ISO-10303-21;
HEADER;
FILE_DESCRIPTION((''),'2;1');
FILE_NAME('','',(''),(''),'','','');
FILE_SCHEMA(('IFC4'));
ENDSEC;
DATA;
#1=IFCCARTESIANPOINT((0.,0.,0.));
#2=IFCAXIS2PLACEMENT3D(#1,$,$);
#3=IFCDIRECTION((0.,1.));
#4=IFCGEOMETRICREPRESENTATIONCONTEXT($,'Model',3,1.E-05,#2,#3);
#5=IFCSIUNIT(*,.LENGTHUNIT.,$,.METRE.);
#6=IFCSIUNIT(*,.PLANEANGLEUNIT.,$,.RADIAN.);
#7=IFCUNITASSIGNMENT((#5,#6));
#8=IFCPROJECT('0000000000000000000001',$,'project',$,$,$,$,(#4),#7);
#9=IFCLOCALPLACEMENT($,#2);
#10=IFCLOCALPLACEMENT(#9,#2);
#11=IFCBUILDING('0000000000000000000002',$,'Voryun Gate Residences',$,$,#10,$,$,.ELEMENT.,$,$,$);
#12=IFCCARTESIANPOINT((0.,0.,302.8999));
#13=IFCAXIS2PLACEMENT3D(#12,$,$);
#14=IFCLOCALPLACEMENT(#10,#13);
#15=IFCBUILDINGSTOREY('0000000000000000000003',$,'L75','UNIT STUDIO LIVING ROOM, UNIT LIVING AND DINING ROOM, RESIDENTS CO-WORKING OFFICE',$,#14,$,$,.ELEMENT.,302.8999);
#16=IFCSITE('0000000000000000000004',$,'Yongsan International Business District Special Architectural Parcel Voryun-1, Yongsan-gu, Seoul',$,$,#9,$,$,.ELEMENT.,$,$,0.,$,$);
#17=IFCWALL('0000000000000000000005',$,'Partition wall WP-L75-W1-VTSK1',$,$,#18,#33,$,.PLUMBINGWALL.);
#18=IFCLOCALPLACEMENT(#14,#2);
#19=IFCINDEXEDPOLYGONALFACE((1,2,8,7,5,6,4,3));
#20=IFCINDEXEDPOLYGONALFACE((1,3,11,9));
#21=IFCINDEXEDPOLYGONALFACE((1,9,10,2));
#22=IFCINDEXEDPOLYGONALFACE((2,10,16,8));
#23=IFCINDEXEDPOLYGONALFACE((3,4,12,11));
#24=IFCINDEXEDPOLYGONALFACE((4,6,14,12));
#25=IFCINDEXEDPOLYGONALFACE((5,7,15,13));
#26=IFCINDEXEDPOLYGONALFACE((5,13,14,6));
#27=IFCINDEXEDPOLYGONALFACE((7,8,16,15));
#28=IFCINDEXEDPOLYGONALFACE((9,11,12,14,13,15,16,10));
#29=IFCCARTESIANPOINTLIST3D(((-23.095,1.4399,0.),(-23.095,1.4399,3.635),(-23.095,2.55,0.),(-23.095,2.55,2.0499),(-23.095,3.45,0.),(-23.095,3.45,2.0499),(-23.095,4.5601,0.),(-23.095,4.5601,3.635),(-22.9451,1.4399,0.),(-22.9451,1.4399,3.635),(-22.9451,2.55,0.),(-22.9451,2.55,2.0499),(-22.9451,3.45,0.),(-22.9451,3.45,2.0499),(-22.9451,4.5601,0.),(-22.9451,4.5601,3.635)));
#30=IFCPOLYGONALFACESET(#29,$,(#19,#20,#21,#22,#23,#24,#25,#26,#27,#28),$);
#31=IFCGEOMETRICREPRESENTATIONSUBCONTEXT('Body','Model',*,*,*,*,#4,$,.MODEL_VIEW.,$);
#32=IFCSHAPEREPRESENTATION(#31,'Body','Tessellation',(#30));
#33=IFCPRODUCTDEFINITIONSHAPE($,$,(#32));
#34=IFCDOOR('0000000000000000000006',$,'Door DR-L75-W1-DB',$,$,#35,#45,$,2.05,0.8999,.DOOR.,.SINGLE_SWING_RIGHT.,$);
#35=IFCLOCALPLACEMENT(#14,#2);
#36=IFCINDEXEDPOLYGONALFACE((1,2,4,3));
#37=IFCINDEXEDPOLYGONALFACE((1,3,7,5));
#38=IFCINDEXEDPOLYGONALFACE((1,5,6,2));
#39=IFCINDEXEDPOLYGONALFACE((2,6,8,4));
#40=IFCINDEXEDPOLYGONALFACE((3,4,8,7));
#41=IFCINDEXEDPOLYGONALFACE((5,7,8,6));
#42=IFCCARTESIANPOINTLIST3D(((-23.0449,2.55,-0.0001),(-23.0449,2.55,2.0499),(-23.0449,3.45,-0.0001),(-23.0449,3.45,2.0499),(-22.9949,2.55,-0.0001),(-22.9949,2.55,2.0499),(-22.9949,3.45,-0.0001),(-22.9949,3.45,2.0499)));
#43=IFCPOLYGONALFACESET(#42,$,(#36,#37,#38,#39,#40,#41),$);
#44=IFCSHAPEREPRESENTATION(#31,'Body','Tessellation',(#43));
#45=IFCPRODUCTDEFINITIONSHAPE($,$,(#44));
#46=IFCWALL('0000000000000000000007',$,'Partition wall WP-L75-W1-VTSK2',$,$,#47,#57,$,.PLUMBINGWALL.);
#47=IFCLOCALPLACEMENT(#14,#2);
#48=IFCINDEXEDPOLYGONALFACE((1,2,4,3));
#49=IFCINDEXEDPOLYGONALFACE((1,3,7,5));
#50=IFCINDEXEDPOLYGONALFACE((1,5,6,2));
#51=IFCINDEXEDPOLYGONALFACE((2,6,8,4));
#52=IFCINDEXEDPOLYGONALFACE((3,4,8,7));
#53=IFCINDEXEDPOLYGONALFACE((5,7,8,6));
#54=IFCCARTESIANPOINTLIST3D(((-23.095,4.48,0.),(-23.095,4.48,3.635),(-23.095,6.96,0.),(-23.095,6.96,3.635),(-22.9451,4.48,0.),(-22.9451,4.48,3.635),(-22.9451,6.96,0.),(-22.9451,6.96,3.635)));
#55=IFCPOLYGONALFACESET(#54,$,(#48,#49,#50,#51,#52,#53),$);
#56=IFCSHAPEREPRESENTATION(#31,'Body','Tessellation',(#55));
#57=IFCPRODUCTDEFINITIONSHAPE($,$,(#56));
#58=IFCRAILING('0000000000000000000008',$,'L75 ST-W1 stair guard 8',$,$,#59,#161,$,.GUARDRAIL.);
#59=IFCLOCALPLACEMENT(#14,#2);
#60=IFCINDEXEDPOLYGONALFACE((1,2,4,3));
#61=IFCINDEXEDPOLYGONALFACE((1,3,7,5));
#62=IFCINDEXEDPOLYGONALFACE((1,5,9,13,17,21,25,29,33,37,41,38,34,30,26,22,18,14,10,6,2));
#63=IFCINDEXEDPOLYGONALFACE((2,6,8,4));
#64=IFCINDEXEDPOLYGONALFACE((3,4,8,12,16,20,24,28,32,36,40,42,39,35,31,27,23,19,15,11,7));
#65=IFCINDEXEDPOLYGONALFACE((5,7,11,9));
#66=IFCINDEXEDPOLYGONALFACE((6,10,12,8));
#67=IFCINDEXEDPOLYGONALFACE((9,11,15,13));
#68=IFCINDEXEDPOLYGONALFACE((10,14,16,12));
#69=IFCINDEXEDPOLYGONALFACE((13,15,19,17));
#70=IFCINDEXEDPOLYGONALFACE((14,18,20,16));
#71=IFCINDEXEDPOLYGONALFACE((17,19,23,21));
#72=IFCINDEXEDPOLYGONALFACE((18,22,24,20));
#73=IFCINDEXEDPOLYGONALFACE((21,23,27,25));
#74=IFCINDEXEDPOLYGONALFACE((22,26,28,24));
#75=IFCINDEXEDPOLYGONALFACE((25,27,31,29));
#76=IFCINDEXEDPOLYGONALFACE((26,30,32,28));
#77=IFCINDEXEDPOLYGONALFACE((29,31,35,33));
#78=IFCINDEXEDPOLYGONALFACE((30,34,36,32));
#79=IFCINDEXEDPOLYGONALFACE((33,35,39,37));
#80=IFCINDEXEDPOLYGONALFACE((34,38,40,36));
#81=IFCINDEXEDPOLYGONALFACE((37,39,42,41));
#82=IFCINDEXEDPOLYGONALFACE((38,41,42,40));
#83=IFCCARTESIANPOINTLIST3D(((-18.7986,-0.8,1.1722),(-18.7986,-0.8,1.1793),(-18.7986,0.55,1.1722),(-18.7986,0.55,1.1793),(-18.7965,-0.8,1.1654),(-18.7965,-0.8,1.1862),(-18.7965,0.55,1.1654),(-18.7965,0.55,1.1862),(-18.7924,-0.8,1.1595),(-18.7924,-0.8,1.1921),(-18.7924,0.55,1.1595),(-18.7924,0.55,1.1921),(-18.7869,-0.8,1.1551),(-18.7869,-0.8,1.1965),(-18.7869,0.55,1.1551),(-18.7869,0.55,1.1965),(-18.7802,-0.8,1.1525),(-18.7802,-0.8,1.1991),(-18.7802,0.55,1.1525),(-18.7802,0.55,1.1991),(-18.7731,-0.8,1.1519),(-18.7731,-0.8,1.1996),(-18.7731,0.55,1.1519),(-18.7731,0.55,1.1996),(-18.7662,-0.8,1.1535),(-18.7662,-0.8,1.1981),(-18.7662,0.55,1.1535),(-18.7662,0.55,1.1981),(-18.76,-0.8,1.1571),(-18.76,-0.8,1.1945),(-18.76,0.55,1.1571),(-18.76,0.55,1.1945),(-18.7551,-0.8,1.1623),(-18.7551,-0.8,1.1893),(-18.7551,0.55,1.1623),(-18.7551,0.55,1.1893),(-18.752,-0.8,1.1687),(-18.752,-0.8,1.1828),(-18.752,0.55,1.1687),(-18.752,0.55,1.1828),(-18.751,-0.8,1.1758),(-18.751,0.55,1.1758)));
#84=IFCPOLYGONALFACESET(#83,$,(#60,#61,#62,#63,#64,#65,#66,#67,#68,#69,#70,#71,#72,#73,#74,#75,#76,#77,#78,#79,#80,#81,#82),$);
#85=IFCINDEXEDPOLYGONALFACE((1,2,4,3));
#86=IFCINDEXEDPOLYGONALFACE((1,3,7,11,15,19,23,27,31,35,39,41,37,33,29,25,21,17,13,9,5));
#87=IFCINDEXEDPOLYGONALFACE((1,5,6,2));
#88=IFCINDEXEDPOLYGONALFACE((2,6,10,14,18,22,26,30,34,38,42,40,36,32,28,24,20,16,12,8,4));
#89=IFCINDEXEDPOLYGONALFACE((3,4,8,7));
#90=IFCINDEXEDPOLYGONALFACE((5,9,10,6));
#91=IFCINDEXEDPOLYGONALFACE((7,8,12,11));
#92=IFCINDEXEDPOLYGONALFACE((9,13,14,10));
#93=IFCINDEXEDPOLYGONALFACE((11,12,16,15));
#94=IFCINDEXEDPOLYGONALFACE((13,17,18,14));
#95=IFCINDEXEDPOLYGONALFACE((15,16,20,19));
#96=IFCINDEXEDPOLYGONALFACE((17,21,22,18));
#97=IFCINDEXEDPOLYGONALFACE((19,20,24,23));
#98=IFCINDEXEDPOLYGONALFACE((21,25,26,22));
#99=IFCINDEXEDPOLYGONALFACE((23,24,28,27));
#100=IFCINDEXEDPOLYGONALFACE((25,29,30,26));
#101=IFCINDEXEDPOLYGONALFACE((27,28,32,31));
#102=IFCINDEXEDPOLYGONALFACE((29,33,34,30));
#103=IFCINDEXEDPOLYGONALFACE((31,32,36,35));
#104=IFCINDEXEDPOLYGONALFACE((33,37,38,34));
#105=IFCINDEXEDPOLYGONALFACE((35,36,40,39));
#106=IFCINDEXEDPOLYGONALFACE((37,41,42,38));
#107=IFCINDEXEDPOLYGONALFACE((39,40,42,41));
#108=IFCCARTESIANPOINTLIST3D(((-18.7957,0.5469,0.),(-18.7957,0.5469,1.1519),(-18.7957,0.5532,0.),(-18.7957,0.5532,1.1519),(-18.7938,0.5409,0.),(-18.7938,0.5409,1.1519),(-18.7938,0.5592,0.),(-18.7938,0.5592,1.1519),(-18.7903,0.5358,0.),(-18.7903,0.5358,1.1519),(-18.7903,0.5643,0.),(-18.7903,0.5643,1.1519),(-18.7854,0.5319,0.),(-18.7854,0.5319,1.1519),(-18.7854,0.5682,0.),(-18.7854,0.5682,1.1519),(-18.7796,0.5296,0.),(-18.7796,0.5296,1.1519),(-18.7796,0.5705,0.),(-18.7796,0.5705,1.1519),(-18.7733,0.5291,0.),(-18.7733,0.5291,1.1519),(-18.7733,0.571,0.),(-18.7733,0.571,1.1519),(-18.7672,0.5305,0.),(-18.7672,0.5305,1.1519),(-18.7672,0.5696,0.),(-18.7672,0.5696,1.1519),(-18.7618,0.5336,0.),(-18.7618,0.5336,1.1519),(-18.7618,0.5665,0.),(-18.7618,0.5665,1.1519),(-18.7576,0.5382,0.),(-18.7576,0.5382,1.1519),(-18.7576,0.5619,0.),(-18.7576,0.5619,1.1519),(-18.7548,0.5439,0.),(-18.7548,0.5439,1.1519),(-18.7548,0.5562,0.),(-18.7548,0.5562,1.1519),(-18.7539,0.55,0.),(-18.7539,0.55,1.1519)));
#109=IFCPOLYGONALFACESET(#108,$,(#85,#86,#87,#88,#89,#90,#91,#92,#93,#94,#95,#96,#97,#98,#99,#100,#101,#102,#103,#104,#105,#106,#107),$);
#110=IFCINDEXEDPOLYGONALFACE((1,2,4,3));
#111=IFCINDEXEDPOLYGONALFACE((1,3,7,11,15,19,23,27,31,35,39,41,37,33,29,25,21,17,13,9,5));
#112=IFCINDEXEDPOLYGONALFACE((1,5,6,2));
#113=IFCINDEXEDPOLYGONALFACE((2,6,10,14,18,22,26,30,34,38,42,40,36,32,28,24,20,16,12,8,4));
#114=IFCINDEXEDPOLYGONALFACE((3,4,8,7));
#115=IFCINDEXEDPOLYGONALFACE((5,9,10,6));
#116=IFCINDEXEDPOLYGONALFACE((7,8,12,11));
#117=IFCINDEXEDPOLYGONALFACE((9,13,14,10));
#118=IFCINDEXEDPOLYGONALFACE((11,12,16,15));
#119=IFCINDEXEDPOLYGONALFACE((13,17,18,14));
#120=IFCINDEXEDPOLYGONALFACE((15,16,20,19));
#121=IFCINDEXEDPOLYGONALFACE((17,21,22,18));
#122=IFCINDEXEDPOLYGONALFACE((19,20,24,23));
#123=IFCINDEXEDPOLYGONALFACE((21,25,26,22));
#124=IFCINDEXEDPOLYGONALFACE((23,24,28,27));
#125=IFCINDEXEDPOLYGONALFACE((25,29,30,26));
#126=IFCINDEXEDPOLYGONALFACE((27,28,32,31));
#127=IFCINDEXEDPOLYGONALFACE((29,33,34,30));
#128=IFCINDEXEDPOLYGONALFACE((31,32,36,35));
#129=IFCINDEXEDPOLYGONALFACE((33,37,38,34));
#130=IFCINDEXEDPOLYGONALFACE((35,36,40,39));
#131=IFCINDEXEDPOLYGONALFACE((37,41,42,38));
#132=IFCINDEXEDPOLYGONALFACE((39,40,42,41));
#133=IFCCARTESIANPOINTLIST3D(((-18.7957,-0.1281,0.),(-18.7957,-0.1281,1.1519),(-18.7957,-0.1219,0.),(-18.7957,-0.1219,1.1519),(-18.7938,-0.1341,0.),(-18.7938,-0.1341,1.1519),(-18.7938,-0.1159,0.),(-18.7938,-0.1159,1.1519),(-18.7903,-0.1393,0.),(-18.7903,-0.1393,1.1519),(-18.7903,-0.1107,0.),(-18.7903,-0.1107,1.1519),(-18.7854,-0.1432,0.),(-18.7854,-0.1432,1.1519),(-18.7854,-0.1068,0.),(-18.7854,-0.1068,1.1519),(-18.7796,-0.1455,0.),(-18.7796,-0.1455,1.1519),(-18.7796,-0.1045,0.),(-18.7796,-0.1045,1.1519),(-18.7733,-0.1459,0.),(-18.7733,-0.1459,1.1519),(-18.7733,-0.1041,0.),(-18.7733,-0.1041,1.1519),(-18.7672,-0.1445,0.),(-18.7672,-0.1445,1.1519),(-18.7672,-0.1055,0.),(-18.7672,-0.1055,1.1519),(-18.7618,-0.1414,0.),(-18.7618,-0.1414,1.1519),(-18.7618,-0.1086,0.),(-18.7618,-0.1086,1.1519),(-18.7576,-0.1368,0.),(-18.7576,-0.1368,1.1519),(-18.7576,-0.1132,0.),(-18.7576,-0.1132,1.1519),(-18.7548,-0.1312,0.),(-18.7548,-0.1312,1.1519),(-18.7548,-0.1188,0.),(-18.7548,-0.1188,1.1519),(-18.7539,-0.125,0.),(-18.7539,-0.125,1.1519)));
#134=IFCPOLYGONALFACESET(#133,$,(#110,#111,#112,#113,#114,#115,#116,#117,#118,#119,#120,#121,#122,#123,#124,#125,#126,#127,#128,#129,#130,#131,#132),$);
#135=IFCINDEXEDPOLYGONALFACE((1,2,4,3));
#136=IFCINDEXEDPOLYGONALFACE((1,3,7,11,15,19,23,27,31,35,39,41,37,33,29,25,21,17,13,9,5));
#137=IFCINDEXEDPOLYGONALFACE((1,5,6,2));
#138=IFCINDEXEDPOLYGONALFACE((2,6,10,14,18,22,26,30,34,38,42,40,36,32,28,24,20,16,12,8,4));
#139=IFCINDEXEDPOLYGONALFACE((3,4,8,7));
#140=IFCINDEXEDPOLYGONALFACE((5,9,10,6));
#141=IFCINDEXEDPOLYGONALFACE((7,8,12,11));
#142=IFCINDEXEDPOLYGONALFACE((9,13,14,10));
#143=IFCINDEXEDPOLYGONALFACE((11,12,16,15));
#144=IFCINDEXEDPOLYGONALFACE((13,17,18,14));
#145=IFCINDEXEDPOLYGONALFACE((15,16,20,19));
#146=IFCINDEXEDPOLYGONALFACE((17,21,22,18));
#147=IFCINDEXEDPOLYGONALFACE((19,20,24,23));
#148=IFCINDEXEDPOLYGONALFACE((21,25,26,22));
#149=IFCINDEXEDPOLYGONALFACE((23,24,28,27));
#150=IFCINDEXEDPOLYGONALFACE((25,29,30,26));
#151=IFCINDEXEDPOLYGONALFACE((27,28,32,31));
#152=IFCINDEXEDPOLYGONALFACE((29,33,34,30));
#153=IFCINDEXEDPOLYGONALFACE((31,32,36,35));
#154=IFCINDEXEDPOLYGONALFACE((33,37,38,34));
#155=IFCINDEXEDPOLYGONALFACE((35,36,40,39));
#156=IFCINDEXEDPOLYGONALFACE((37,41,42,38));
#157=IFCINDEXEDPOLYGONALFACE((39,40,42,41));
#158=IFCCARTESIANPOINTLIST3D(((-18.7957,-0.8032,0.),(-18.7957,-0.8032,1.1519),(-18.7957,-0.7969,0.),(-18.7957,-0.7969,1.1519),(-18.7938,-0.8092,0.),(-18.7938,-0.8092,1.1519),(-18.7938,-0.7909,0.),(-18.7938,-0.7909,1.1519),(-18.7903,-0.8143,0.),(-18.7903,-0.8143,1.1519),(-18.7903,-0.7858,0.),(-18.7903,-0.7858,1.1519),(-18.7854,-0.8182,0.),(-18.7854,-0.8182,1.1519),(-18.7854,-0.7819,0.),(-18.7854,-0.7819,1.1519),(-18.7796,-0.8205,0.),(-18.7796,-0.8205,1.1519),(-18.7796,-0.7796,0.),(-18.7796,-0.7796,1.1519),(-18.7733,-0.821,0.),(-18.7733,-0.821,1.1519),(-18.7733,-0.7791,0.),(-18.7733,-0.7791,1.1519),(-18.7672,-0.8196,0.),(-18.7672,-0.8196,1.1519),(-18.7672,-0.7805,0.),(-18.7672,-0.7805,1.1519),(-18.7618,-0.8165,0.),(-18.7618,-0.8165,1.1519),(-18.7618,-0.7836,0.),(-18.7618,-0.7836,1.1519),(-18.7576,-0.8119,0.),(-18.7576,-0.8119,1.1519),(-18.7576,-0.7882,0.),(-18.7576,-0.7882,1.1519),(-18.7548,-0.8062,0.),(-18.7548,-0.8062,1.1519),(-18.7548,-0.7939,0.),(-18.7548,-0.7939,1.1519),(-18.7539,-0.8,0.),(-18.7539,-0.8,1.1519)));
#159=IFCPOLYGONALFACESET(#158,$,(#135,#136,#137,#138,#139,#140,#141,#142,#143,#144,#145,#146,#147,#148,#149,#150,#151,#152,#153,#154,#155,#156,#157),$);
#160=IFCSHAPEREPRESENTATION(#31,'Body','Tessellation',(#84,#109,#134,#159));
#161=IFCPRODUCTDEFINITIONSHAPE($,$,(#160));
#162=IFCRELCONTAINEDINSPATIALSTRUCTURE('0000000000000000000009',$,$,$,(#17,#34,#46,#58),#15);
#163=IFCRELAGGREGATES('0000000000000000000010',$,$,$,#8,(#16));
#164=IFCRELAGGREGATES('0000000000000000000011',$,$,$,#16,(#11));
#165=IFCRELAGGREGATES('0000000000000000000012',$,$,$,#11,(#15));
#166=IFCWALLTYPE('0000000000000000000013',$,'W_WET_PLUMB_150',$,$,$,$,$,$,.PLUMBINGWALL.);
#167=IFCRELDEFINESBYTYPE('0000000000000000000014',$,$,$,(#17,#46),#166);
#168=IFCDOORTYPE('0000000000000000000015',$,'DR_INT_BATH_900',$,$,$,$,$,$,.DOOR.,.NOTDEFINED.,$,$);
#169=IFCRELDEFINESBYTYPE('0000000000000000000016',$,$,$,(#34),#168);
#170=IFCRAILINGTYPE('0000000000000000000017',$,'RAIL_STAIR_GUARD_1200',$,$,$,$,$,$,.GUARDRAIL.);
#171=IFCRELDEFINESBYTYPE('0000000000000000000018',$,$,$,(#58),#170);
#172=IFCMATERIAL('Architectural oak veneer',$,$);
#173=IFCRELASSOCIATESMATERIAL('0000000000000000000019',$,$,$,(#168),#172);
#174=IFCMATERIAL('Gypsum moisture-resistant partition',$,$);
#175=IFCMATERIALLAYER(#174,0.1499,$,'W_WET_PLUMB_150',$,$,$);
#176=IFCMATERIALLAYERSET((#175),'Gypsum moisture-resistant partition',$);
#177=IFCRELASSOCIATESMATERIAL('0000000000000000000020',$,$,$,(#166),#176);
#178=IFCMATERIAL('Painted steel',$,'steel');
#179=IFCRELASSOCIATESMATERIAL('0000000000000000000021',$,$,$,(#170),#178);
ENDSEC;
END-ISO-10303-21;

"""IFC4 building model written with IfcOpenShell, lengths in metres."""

from ifc_helpers import new_model, si_unit, direction, frame, frame_2d, origin, origin_2d, place, context, subcontext, project, spatial, rectangle, circle, extrude, material, layer, layer_set, type_object, element, fill, save


model = new_model("IFC4")

# Units and contexts
model_context = context("Model", 3, precision=1e-05, world=origin(), true_north=direction((0.0, 1.0)))
body_context = subcontext(model_context, "Body", "Model", "MODEL_VIEW")
ifc_project = project(units=[si_unit("LENGTHUNIT", "METRE"), si_unit("PLANEANGLEUNIT", "RADIAN")], contexts=[model_context])

# Site, building, storey
site_placement = place(None, origin())
site = spatial("IfcSite", under=ifc_project, at=site_placement, Name="Yongsan International Business District Special Architectural Parcel Voryun-1, Yongsan-gu, Seoul", CompositionType="ELEMENT", RefElevation=0.0)
building_placement = place(site_placement, origin())
building = spatial("IfcBuilding", under=site, at=building_placement, Name="Voryun Gate Residences", CompositionType="ELEMENT")
storey_placement = place(building_placement, frame((0.0, 0.0, 302.8999)))
storey = spatial("IfcBuildingStorey", under=building, at=storey_placement, Name="L75", Description="UNIT STUDIO LIVING ROOM, UNIT LIVING AND DINING ROOM, RESIDENTS CO-WORKING OFFICE", CompositionType="ELEMENT", Elevation=302.8999)

# Shared definitions
ifc_material_1 = material(Name="Architectural oak veneer")
door_type_1 = type_object("IfcDoorType", Name="DR_INT_BATH_900", OperationType="NOTDEFINED", PredefinedType="DOOR", material=ifc_material_1)
ifc_material_2 = material(Name="Gypsum moisture-resistant partition")
ifc_layer_1 = layer(ifc_material_2, 0.1499, Name="W_WET_PLUMB_150")
ifc_layer_set_1 = layer_set([ifc_layer_1], Name="Gypsum moisture-resistant partition")
wall_type_1 = type_object("IfcWallType", Name="W_WET_PLUMB_150", PredefinedType="PLUMBINGWALL", material=ifc_layer_set_1)

# Wall, opening, door
wall_1_placement = place(storey_placement, frame((-23.02, 1.4399, 0.0), z_axis=(0.0, 0.0, 1.0), x_axis=(0.0, 1.0, 0.0)))
wall_1 = element("IfcWall", 1, at=wall_1_placement, inside=storey, type_object=wall_type_1, Name="Partition wall WP-L75-W1-VTSK1", PredefinedType="PLUMBINGWALL", context=body_context, shape_type="SweptSolid", body=[
    extrude(rectangle(XDim=3.1201, YDim=0.1499, at=frame_2d((1.5601, 0.0))), origin(), (0.0, 0.0, 1.0), 3.635),
])
opening_1_placement = place(wall_1_placement, frame((1.1101, 0.0, 0.0)))
opening_1 = element("IfcOpeningElement", 2, at=opening_1_placement, cuts=wall_1, PredefinedType="OPENING", context=body_context, shape_type="SweptSolid", body=[
    extrude(rectangle(XDim=0.8999, YDim=2.05, at=frame_2d((0.45, 1.0249))), frame((0.0, 0.085, 0.0), z_axis=(0.0, -1.0, 0.0), x_axis=(1.0, 0.0, 0.0)), (0.0, 0.0, 1.0), 0.1699),
])
door_1_placement = place(opening_1_placement, origin())
door_1 = element("IfcDoor", 3, at=door_1_placement, inside=storey, type_object=door_type_1, Name="Door DR-L75-W1-DB", OperationType="SINGLE_SWING_RIGHT", OverallHeight=2.05, OverallWidth=0.8999, PredefinedType="DOOR", context=body_context, shape_type="SweptSolid", body=[
    extrude(rectangle(XDim=0.8999, YDim=2.05, at=frame_2d((0.45, 1.0249))), frame((0.0, 0.0249, 0.0), z_axis=(0.0, -1.0, 0.0), x_axis=(1.0, 0.0, 0.0)), (0.0, 0.0, 1.0), 0.05),
])
fill(opening_1, door_1)

# Wall
wall_2_placement = place(storey_placement, frame((-23.02, 4.48, 0.0), z_axis=(0.0, 0.0, 1.0), x_axis=(0.0, 1.0, 0.0)))
element("IfcWall", 4, at=wall_2_placement, inside=storey, type_object=wall_type_1, Name="Partition wall WP-L75-W1-VTSK2", PredefinedType="PLUMBINGWALL", context=body_context, shape_type="SweptSolid", body=[
    extrude(rectangle(XDim=2.48, YDim=0.1499, at=frame_2d((1.24, 0.0))), origin(), (0.0, 0.0, 1.0), 3.635),
])

# Railing
ifc_material_3 = material(Name="Painted steel", Category="steel")
railing_type = type_object("IfcRailingType", Name="RAIL_STAIR_GUARD_1200", PredefinedType="GUARDRAIL", material=ifc_material_3)
railing_1_placement = place(storey_placement, frame((-18.7749, 0.55, 0.0)))
element("IfcRailing", 5, at=railing_1_placement, inside=storey, type_object=railing_type, Name="L75 ST-W1 stair guard 8", PredefinedType="GUARDRAIL", context=body_context, shape_type="SweptSolid", body=[
    extrude(circle(Radius=0.0239, at=origin_2d()), frame((0.0, 0.0, 1.1758), z_axis=(0.0, -1.0, 0.0), x_axis=(1.0, 0.0, 0.0)), (0.0, 0.0, 1.0), 1.3501),
    extrude(circle(Radius=0.021, at=origin_2d()), origin(), (0.0, 0.0, 1.0), 1.1519),
    extrude(circle(Radius=0.021, at=origin_2d()), frame((0.0, -0.675, 0.0)), (0.0, 0.0, 1.0), 1.1519),
    extrude(circle(Radius=0.021, at=origin_2d()), frame((0.0, -1.3501, 0.0)), (0.0, 0.0, 1.0), 1.1519),
])

save(model, "model.ifc")
